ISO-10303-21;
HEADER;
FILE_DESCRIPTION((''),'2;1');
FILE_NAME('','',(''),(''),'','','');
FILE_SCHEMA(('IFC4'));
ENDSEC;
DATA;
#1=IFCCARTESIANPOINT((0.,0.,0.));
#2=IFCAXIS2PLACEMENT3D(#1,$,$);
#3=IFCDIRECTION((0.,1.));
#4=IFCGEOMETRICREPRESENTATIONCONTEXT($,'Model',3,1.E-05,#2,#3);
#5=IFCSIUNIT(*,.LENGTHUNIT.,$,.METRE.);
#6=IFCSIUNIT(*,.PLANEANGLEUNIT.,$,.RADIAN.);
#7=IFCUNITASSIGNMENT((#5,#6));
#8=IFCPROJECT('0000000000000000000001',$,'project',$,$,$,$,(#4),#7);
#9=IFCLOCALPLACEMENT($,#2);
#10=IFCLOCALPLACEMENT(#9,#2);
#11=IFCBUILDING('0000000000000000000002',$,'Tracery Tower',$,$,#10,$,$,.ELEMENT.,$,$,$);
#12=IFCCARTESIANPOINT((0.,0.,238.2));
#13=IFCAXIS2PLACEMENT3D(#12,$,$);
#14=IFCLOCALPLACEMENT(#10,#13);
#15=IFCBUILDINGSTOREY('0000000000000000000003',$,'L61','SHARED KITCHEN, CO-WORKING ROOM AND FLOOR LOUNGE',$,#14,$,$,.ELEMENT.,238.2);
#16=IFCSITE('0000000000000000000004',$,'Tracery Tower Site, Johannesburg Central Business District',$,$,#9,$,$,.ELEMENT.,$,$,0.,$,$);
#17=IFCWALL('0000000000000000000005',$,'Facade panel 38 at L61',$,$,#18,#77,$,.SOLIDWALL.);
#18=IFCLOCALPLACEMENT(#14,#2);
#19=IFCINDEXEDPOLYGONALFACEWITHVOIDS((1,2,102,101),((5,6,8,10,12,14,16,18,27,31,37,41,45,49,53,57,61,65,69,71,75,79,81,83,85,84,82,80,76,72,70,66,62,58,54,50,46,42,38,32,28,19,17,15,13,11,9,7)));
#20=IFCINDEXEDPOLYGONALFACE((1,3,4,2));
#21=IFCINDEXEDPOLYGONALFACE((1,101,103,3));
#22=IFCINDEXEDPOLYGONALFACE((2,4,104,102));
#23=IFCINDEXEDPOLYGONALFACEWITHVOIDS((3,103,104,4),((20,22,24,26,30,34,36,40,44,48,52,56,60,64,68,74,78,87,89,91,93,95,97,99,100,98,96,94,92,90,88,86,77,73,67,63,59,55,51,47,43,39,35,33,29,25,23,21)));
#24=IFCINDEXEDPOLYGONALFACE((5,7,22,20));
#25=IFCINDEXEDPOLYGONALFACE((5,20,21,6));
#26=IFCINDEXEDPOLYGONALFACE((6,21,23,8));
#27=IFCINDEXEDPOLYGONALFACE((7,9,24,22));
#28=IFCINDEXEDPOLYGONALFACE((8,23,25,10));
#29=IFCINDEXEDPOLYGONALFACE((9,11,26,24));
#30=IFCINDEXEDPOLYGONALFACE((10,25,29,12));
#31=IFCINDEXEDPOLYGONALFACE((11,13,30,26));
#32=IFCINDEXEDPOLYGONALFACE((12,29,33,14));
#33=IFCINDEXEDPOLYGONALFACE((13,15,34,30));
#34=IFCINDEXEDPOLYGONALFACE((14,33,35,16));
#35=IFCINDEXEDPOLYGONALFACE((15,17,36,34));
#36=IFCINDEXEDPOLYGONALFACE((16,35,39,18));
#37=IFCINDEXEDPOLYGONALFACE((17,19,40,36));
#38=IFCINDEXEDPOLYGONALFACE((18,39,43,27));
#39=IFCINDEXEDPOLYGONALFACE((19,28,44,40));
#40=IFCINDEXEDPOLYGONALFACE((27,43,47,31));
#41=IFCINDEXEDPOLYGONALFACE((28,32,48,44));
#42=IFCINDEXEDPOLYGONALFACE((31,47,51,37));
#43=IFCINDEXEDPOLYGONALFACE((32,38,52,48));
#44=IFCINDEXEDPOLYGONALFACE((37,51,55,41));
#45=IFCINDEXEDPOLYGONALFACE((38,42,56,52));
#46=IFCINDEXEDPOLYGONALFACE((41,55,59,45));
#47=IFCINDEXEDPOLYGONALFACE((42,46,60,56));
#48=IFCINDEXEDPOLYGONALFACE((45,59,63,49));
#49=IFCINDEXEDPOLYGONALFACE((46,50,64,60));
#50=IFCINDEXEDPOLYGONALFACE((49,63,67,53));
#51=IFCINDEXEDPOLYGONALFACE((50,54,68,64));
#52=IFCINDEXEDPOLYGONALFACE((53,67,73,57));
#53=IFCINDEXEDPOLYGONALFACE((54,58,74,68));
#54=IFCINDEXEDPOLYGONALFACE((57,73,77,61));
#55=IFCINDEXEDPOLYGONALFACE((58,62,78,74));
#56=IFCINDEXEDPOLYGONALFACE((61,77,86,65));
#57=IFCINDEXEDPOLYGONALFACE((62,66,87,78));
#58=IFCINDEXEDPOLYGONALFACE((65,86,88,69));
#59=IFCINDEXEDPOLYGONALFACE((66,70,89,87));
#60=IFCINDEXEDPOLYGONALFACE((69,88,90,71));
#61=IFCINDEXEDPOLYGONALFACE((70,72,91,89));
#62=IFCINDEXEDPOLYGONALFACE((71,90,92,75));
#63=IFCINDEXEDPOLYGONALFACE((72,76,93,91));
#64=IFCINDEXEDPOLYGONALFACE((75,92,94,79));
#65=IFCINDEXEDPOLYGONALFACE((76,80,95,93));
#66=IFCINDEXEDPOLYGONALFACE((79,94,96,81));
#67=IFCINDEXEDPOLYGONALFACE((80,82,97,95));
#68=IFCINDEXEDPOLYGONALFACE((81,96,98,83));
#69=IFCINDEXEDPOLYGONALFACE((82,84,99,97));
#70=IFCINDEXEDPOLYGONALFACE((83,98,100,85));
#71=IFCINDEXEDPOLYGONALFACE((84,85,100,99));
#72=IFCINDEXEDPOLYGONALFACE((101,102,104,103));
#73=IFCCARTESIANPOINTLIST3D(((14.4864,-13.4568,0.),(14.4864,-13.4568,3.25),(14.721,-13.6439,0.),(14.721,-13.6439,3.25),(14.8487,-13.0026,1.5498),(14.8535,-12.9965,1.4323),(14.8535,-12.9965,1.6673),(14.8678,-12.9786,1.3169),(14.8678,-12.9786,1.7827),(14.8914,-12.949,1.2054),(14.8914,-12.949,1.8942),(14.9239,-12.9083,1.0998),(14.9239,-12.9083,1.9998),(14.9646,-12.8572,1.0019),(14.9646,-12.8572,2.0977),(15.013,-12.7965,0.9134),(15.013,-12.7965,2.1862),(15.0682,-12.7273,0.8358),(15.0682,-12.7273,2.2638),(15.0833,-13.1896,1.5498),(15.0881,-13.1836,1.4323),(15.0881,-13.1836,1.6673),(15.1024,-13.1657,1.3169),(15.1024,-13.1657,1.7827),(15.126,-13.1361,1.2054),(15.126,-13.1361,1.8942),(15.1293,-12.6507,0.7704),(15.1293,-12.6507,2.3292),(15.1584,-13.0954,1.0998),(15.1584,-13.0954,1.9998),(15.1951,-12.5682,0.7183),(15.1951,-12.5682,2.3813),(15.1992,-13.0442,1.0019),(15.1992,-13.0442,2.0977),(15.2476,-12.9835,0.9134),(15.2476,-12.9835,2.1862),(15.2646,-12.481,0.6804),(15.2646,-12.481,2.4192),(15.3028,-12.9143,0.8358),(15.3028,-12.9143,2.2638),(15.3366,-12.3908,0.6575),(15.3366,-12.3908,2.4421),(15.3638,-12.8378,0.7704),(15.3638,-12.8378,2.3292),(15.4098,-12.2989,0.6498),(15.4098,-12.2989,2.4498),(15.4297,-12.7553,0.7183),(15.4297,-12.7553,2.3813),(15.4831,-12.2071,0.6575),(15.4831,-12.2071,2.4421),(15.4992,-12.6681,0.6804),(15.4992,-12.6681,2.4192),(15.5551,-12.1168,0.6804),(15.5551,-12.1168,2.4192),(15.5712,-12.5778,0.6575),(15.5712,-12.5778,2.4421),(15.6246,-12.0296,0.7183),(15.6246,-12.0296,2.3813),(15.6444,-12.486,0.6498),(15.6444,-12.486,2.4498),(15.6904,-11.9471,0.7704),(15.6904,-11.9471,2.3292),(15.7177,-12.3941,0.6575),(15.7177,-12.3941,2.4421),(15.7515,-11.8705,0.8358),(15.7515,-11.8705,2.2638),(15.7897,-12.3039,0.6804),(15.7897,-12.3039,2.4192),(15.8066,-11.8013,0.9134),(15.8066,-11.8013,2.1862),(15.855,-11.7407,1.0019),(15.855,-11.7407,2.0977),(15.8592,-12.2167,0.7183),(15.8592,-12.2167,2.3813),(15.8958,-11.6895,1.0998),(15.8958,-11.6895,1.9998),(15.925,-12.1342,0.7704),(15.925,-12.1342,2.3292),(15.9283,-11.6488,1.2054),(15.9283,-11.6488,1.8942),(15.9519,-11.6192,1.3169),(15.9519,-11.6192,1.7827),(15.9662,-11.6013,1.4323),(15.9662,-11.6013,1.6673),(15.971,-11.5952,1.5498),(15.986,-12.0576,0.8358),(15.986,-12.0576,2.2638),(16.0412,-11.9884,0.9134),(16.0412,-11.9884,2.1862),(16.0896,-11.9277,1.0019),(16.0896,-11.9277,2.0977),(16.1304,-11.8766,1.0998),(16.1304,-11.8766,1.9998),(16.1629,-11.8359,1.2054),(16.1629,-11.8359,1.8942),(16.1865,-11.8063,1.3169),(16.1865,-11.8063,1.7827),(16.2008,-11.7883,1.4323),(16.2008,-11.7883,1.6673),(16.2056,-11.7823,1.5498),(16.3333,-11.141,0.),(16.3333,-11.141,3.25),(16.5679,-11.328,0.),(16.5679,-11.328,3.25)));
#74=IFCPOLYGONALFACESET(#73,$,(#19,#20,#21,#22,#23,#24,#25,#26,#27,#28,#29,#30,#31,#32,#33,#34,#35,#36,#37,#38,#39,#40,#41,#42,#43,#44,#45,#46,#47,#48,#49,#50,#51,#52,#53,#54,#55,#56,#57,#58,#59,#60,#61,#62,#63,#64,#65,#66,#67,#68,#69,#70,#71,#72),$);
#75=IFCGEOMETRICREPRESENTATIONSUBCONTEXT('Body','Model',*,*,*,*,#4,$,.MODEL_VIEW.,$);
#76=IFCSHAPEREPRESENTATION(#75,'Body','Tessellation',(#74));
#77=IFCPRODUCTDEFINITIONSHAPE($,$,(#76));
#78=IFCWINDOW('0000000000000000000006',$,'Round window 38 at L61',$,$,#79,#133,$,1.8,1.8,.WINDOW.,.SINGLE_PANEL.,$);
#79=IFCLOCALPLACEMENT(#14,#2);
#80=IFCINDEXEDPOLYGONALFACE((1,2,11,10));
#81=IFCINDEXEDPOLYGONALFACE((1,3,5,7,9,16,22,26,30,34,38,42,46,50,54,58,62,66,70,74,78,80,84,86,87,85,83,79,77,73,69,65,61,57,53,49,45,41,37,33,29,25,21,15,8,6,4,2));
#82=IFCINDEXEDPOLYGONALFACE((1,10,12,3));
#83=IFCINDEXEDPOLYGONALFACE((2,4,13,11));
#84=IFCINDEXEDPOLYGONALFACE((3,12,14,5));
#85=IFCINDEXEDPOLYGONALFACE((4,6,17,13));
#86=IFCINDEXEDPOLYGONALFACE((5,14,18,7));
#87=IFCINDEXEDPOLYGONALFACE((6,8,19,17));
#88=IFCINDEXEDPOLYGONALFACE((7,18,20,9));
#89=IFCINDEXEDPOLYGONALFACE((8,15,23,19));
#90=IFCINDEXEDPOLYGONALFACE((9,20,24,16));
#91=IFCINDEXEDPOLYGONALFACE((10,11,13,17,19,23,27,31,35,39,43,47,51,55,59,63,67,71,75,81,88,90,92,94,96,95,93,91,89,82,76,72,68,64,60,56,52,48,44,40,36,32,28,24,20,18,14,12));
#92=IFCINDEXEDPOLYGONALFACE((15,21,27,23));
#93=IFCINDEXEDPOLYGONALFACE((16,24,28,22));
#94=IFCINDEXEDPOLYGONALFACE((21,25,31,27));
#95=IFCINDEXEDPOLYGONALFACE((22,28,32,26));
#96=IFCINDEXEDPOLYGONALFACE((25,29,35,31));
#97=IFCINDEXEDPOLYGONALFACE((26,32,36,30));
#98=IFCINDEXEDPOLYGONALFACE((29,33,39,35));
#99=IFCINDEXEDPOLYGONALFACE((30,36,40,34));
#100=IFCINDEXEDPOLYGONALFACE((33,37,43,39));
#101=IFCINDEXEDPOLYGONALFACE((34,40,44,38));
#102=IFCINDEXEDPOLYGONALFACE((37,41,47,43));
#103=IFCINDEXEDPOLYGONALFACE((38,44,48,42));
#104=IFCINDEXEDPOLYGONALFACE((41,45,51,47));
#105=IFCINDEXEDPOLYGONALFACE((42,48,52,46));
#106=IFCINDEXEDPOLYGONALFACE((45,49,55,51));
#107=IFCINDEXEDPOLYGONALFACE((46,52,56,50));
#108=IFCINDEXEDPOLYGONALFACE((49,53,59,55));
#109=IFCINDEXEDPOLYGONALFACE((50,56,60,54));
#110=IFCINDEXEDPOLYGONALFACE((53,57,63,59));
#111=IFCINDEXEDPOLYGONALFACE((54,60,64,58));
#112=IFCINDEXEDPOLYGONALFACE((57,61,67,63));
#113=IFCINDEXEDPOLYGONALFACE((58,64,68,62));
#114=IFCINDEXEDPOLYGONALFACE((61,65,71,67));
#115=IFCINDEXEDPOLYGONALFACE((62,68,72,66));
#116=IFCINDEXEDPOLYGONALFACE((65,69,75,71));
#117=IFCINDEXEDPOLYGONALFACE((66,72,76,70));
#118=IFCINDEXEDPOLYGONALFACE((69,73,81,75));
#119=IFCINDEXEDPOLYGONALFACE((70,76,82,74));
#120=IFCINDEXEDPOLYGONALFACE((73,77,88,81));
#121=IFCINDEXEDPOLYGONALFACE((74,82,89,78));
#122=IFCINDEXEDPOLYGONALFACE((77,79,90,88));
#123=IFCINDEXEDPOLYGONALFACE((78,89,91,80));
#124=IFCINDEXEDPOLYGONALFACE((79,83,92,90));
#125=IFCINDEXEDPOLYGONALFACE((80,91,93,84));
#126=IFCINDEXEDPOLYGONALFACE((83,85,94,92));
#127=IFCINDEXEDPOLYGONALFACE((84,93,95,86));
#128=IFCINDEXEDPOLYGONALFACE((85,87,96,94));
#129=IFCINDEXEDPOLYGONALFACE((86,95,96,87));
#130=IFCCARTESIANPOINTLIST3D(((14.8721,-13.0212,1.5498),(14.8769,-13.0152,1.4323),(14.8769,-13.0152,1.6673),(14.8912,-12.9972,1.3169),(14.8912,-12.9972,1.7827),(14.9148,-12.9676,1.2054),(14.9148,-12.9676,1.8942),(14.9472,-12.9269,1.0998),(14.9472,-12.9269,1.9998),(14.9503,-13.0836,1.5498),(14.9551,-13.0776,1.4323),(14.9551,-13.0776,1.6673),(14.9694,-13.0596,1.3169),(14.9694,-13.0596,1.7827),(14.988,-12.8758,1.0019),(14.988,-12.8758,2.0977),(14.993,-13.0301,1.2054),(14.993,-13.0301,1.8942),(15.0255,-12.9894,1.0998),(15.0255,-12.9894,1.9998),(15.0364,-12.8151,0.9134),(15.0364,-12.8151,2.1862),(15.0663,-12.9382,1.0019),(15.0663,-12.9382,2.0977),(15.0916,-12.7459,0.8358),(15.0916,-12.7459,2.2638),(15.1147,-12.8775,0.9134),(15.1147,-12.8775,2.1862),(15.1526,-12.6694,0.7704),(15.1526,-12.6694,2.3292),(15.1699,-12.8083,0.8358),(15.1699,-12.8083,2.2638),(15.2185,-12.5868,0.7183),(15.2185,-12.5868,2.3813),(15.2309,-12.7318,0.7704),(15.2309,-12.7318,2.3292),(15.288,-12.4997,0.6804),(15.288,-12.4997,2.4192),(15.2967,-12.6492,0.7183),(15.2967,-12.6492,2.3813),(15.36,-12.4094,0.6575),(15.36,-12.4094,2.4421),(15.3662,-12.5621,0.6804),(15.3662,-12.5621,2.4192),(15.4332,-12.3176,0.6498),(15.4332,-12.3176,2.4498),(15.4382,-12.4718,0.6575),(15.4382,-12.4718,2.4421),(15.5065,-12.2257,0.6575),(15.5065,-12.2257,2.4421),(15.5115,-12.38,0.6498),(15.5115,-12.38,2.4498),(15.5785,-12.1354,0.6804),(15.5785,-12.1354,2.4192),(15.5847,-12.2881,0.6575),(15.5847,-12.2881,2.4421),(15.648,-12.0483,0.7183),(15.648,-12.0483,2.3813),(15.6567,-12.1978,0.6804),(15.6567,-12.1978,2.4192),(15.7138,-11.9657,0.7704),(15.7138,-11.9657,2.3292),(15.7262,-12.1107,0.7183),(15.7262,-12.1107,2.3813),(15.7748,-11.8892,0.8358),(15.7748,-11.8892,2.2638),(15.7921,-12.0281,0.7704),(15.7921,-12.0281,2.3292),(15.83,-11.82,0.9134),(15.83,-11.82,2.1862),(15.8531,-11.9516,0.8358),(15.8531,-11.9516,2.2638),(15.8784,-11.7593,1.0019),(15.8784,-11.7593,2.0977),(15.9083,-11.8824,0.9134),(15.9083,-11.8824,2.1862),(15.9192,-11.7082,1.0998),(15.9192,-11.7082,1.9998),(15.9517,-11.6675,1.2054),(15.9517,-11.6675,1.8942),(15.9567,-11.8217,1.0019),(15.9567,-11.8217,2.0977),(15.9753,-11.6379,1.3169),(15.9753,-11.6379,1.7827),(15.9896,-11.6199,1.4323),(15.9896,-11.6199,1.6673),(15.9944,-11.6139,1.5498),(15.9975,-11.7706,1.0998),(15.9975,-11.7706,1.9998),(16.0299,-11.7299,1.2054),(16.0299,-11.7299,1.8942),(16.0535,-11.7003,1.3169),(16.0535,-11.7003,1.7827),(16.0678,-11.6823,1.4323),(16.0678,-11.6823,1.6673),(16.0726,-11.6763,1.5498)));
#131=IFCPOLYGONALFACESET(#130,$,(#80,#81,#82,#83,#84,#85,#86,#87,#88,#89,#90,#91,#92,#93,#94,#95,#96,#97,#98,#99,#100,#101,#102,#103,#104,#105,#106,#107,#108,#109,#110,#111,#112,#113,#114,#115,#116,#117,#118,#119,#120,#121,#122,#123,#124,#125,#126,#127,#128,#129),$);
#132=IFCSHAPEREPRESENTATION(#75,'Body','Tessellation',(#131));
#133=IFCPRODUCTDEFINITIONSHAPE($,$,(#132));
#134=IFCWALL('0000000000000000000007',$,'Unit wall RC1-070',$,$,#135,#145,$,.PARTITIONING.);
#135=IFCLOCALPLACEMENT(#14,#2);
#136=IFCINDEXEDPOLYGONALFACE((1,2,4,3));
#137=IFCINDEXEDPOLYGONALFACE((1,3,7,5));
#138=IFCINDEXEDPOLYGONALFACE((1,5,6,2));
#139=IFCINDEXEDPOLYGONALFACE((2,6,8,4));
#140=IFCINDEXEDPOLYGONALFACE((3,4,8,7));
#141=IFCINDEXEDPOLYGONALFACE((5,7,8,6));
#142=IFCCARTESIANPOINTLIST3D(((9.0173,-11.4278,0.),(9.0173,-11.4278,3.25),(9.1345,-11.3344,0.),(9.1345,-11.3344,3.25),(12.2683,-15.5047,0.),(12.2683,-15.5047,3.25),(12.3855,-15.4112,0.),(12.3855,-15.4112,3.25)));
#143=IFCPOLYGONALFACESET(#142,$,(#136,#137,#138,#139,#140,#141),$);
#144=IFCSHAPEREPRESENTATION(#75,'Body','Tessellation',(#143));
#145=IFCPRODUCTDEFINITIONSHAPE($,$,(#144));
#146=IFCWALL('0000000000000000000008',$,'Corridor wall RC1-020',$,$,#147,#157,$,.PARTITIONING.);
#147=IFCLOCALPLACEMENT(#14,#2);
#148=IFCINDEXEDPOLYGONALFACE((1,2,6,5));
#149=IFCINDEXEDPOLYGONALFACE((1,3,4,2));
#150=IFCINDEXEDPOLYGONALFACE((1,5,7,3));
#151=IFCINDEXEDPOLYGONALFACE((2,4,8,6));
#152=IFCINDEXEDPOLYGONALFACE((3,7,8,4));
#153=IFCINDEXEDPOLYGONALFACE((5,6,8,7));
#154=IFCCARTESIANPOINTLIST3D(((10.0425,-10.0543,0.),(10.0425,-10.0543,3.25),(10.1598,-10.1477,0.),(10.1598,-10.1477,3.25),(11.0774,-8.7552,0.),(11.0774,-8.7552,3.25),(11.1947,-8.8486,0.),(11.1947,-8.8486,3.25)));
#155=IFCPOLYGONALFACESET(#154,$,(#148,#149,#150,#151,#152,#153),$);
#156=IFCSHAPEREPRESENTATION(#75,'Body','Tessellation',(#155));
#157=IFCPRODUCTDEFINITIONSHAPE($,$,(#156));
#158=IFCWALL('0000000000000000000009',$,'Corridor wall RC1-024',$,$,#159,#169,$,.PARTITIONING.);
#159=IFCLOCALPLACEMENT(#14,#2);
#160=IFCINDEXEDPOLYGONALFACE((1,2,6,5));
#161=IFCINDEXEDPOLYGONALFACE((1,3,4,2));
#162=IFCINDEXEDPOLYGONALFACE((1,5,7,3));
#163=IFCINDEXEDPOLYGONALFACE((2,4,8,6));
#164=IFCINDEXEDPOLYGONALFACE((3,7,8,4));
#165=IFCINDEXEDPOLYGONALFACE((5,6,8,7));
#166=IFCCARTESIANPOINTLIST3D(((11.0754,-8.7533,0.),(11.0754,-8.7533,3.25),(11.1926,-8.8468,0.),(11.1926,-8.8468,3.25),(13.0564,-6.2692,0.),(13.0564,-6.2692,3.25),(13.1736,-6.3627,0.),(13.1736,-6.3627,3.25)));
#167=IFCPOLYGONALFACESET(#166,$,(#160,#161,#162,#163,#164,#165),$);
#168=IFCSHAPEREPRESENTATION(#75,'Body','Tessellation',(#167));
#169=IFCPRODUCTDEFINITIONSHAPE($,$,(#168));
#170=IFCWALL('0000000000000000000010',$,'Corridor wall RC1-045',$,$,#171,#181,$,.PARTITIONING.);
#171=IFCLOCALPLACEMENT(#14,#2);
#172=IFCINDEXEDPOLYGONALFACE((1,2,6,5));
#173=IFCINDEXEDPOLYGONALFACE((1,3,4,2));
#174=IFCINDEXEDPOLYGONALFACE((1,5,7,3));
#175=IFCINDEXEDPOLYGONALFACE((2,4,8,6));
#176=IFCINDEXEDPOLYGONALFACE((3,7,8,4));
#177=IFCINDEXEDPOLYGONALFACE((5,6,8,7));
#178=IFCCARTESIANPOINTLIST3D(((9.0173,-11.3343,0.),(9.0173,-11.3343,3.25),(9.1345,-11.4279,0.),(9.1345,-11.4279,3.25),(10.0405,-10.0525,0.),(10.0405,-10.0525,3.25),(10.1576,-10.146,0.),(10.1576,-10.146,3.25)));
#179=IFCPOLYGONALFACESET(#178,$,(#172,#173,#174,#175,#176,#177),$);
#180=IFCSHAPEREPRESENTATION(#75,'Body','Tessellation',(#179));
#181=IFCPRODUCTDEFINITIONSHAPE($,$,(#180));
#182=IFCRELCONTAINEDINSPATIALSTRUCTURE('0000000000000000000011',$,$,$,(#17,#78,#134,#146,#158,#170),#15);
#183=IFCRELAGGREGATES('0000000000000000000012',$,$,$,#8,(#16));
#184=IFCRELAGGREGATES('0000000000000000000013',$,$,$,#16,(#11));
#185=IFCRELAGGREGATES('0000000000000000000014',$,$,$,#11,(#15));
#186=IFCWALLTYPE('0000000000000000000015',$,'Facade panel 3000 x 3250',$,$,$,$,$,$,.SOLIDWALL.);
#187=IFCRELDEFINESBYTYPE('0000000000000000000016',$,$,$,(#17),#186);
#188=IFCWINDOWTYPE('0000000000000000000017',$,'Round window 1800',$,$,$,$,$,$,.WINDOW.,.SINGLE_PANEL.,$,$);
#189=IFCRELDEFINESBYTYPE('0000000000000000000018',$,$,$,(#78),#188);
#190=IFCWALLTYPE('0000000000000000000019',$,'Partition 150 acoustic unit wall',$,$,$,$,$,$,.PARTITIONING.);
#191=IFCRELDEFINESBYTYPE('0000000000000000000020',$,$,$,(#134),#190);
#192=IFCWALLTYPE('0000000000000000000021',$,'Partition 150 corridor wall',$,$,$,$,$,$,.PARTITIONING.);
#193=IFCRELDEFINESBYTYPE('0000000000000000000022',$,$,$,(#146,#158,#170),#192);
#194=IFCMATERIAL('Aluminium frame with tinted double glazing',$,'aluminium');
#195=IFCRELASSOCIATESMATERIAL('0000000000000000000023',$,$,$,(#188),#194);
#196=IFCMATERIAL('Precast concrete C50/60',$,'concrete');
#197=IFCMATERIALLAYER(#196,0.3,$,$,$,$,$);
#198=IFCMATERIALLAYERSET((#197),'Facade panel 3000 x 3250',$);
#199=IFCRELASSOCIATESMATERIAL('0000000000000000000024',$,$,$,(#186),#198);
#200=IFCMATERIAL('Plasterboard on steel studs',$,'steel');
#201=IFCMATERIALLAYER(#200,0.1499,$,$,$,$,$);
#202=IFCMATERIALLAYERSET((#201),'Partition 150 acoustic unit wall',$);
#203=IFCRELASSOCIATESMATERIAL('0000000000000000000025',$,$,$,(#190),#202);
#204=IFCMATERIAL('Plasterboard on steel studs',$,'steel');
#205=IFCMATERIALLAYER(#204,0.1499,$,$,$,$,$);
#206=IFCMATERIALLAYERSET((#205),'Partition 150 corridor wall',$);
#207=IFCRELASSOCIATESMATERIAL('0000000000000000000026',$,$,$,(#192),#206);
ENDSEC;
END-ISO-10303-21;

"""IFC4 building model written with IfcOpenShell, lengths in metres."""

from ifc_helpers import new_model, si_unit, direction, frame, frame_2d, origin, origin_2d, place, context, subcontext, project, spatial, rectangle, circle, extrude, material, layer, layer_set, type_object, element, fill, save


model = new_model("IFC4")

# Units and contexts
model_context = context("Model", 3, precision=1e-05, world=origin(), true_north=direction((0.0, 1.0)))
body_context = subcontext(model_context, "Body", "Model", "MODEL_VIEW")
ifc_project = project(units=[si_unit("LENGTHUNIT", "METRE"), si_unit("PLANEANGLEUNIT", "RADIAN")], contexts=[model_context])

# Site, building, storey
site_placement = place(None, origin())
site = spatial("IfcSite", under=ifc_project, at=site_placement, Name="Tracery Tower Site, Johannesburg Central Business District", CompositionType="ELEMENT", RefElevation=0.0)
building_placement = place(site_placement, origin())
building = spatial("IfcBuilding", under=site, at=building_placement, Name="Tracery Tower", CompositionType="ELEMENT")
storey_placement = place(building_placement, frame((0.0, 0.0, 238.2)))
storey = spatial("IfcBuildingStorey", under=building, at=storey_placement, Name="L61", Description="SHARED KITCHEN, CO-WORKING ROOM AND FLOOR LOUNGE", CompositionType="ELEMENT", Elevation=238.2)

# Wall, opening, window
ifc_material_1 = material(Name="Aluminium frame with tinted double glazing", Category="aluminium")
window_type = type_object("IfcWindowType", Name="Round window 1800", PartitioningType="SINGLE_PANEL", PredefinedType="WINDOW", material=ifc_material_1)
ifc_material_2 = material(Name="Precast concrete C50/60", Category="concrete")
ifc_layer_1 = layer(ifc_material_2, 0.3)
ifc_layer_set_1 = layer_set([ifc_layer_1], Name="Facade panel 3000 x 3250")
wall_type_1 = type_object("IfcWallType", Name="Facade panel 3000 x 3250", PredefinedType="SOLIDWALL", material=ifc_layer_set_1)
wall_1_placement = place(storey_placement, frame((14.6038, -13.5503, 0.0), z_axis=(0.0, 0.0, 1.0), x_axis=(0.623498, 0.781825, 0.0)))
wall_1 = element("IfcWall", 1, at=wall_1_placement, inside=storey, type_object=wall_type_1, Name="Facade panel 38 at L61", PredefinedType="SOLIDWALL", context=body_context, shape_type="SweptSolid", body=[
    extrude(rectangle(XDim=2.9622, YDim=0.3, at=frame_2d((1.481, 0.0))), origin(), (0.0, 0.0, 1.0), 3.25),
])
opening_1_placement = place(wall_1_placement, frame((1.481, 0.0, 1.5498)))
opening_1 = element("IfcOpeningElement", 2, at=opening_1_placement, cuts=wall_1, PredefinedType="OPENING", context=body_context, shape_type="SweptSolid", body=[
    extrude(circle(Radius=0.9, at=origin_2d()), frame((0.0, 0.1599, 0.0), z_axis=(0.0, -1.0, 0.0), x_axis=(1.0, 0.0, 0.0)), (0.0, 0.0, 1.0), 0.3201),
])
window_1_placement = place(opening_1_placement, origin())
window_1 = element("IfcWindow", 3, at=window_1_placement, inside=storey, type_object=window_type, Name="Round window 38 at L61", OverallHeight=1.8, OverallWidth=1.8, PartitioningType="SINGLE_PANEL", PredefinedType="WINDOW", context=body_context, shape_type="SweptSolid", body=[
    extrude(circle(Radius=0.9, at=origin_2d()), frame((0.0, 0.1201, 0.0), z_axis=(0.0, -1.0, 0.0), x_axis=(1.0, 0.0, 0.0)), (0.0, 0.0, 1.0), 0.1001),
])
fill(opening_1, window_1)

# Walls
ifc_material_3 = material(Name="Plasterboard on steel studs", Category="steel")
ifc_layer_2 = layer(ifc_material_3, 0.1499)
ifc_layer_set_2 = layer_set([ifc_layer_2], Name="Partition 150 acoustic unit wall")
wall_type_2 = type_object("IfcWallType", Name="Partition 150 acoustic unit wall", PredefinedType="PARTITIONING", material=ifc_layer_set_2)
wall_2_placement = place(storey_placement, frame((9.0759, -11.3811, 0.0), z_axis=(0.0, 0.0, 1.0), x_axis=(0.623461, -0.781854, 0.0)))
element("IfcWall", 4, at=wall_2_placement, inside=storey, type_object=wall_type_2, Name="Unit wall RC1-070", PredefinedType="PARTITIONING", context=body_context, shape_type="SweptSolid", body=[
    extrude(rectangle(XDim=5.2144, YDim=0.1499, at=frame_2d((2.6072, 0.0))), origin(), (0.0, 0.0, 1.0), 3.25),
])
ifc_material_4 = material(Name="Plasterboard on steel studs", Category="steel")
ifc_layer_3 = layer(ifc_material_4, 0.1499)
ifc_layer_set_3 = layer_set([ifc_layer_3], Name="Partition 150 corridor wall")
wall_type_3 = type_object("IfcWallType", Name="Partition 150 corridor wall", PredefinedType="PARTITIONING", material=ifc_layer_set_3)
wall_3_placement = place(storey_placement, frame((10.1011, -10.1011, 0.0), z_axis=(0.0, 0.0, 1.0), x_axis=(0.623098, 0.782143, 0.0)))
element("IfcWall", 5, at=wall_3_placement, inside=storey, type_object=wall_type_3, Name="Corridor wall RC1-020", PredefinedType="PARTITIONING", context=body_context, shape_type="SweptSolid", body=[
    extrude(rectangle(XDim=1.6609, YDim=0.1499, at=frame_2d((0.8306, 0.0))), origin(), (0.0, 0.0, 1.0), 3.25),
])
wall_4_placement = place(storey_placement, frame((11.134, -8.8, 0.0), z_axis=(0.0, 0.0, 1.0), x_axis=(0.623476, 0.781842, 0.0)))
element("IfcWall", 6, at=wall_4_placement, inside=storey, type_object=wall_type_3, Name="Corridor wall RC1-024", PredefinedType="PARTITIONING", context=body_context, shape_type="SweptSolid", body=[
    extrude(rectangle(XDim=3.1772, YDim=0.1499, at=frame_2d((1.5886, 0.0))), origin(), (0.0, 0.0, 1.0), 3.25),
])
wall_5_placement = place(storey_placement, frame((9.0759, -11.3811, 0.0), z_axis=(0.0, 0.0, 1.0), x_axis=(0.623805, 0.78158, 0.0)))
element("IfcWall", 7, at=wall_5_placement, inside=storey, type_object=wall_type_3, Name="Corridor wall RC1-045", PredefinedType="PARTITIONING", context=body_context, shape_type="SweptSolid", body=[
    extrude(rectangle(XDim=1.6401, YDim=0.1499, at=frame_2d((0.8201, 0.0))), origin(), (0.0, 0.0, 1.0), 3.25),
])

save(model, "model.ifc")
